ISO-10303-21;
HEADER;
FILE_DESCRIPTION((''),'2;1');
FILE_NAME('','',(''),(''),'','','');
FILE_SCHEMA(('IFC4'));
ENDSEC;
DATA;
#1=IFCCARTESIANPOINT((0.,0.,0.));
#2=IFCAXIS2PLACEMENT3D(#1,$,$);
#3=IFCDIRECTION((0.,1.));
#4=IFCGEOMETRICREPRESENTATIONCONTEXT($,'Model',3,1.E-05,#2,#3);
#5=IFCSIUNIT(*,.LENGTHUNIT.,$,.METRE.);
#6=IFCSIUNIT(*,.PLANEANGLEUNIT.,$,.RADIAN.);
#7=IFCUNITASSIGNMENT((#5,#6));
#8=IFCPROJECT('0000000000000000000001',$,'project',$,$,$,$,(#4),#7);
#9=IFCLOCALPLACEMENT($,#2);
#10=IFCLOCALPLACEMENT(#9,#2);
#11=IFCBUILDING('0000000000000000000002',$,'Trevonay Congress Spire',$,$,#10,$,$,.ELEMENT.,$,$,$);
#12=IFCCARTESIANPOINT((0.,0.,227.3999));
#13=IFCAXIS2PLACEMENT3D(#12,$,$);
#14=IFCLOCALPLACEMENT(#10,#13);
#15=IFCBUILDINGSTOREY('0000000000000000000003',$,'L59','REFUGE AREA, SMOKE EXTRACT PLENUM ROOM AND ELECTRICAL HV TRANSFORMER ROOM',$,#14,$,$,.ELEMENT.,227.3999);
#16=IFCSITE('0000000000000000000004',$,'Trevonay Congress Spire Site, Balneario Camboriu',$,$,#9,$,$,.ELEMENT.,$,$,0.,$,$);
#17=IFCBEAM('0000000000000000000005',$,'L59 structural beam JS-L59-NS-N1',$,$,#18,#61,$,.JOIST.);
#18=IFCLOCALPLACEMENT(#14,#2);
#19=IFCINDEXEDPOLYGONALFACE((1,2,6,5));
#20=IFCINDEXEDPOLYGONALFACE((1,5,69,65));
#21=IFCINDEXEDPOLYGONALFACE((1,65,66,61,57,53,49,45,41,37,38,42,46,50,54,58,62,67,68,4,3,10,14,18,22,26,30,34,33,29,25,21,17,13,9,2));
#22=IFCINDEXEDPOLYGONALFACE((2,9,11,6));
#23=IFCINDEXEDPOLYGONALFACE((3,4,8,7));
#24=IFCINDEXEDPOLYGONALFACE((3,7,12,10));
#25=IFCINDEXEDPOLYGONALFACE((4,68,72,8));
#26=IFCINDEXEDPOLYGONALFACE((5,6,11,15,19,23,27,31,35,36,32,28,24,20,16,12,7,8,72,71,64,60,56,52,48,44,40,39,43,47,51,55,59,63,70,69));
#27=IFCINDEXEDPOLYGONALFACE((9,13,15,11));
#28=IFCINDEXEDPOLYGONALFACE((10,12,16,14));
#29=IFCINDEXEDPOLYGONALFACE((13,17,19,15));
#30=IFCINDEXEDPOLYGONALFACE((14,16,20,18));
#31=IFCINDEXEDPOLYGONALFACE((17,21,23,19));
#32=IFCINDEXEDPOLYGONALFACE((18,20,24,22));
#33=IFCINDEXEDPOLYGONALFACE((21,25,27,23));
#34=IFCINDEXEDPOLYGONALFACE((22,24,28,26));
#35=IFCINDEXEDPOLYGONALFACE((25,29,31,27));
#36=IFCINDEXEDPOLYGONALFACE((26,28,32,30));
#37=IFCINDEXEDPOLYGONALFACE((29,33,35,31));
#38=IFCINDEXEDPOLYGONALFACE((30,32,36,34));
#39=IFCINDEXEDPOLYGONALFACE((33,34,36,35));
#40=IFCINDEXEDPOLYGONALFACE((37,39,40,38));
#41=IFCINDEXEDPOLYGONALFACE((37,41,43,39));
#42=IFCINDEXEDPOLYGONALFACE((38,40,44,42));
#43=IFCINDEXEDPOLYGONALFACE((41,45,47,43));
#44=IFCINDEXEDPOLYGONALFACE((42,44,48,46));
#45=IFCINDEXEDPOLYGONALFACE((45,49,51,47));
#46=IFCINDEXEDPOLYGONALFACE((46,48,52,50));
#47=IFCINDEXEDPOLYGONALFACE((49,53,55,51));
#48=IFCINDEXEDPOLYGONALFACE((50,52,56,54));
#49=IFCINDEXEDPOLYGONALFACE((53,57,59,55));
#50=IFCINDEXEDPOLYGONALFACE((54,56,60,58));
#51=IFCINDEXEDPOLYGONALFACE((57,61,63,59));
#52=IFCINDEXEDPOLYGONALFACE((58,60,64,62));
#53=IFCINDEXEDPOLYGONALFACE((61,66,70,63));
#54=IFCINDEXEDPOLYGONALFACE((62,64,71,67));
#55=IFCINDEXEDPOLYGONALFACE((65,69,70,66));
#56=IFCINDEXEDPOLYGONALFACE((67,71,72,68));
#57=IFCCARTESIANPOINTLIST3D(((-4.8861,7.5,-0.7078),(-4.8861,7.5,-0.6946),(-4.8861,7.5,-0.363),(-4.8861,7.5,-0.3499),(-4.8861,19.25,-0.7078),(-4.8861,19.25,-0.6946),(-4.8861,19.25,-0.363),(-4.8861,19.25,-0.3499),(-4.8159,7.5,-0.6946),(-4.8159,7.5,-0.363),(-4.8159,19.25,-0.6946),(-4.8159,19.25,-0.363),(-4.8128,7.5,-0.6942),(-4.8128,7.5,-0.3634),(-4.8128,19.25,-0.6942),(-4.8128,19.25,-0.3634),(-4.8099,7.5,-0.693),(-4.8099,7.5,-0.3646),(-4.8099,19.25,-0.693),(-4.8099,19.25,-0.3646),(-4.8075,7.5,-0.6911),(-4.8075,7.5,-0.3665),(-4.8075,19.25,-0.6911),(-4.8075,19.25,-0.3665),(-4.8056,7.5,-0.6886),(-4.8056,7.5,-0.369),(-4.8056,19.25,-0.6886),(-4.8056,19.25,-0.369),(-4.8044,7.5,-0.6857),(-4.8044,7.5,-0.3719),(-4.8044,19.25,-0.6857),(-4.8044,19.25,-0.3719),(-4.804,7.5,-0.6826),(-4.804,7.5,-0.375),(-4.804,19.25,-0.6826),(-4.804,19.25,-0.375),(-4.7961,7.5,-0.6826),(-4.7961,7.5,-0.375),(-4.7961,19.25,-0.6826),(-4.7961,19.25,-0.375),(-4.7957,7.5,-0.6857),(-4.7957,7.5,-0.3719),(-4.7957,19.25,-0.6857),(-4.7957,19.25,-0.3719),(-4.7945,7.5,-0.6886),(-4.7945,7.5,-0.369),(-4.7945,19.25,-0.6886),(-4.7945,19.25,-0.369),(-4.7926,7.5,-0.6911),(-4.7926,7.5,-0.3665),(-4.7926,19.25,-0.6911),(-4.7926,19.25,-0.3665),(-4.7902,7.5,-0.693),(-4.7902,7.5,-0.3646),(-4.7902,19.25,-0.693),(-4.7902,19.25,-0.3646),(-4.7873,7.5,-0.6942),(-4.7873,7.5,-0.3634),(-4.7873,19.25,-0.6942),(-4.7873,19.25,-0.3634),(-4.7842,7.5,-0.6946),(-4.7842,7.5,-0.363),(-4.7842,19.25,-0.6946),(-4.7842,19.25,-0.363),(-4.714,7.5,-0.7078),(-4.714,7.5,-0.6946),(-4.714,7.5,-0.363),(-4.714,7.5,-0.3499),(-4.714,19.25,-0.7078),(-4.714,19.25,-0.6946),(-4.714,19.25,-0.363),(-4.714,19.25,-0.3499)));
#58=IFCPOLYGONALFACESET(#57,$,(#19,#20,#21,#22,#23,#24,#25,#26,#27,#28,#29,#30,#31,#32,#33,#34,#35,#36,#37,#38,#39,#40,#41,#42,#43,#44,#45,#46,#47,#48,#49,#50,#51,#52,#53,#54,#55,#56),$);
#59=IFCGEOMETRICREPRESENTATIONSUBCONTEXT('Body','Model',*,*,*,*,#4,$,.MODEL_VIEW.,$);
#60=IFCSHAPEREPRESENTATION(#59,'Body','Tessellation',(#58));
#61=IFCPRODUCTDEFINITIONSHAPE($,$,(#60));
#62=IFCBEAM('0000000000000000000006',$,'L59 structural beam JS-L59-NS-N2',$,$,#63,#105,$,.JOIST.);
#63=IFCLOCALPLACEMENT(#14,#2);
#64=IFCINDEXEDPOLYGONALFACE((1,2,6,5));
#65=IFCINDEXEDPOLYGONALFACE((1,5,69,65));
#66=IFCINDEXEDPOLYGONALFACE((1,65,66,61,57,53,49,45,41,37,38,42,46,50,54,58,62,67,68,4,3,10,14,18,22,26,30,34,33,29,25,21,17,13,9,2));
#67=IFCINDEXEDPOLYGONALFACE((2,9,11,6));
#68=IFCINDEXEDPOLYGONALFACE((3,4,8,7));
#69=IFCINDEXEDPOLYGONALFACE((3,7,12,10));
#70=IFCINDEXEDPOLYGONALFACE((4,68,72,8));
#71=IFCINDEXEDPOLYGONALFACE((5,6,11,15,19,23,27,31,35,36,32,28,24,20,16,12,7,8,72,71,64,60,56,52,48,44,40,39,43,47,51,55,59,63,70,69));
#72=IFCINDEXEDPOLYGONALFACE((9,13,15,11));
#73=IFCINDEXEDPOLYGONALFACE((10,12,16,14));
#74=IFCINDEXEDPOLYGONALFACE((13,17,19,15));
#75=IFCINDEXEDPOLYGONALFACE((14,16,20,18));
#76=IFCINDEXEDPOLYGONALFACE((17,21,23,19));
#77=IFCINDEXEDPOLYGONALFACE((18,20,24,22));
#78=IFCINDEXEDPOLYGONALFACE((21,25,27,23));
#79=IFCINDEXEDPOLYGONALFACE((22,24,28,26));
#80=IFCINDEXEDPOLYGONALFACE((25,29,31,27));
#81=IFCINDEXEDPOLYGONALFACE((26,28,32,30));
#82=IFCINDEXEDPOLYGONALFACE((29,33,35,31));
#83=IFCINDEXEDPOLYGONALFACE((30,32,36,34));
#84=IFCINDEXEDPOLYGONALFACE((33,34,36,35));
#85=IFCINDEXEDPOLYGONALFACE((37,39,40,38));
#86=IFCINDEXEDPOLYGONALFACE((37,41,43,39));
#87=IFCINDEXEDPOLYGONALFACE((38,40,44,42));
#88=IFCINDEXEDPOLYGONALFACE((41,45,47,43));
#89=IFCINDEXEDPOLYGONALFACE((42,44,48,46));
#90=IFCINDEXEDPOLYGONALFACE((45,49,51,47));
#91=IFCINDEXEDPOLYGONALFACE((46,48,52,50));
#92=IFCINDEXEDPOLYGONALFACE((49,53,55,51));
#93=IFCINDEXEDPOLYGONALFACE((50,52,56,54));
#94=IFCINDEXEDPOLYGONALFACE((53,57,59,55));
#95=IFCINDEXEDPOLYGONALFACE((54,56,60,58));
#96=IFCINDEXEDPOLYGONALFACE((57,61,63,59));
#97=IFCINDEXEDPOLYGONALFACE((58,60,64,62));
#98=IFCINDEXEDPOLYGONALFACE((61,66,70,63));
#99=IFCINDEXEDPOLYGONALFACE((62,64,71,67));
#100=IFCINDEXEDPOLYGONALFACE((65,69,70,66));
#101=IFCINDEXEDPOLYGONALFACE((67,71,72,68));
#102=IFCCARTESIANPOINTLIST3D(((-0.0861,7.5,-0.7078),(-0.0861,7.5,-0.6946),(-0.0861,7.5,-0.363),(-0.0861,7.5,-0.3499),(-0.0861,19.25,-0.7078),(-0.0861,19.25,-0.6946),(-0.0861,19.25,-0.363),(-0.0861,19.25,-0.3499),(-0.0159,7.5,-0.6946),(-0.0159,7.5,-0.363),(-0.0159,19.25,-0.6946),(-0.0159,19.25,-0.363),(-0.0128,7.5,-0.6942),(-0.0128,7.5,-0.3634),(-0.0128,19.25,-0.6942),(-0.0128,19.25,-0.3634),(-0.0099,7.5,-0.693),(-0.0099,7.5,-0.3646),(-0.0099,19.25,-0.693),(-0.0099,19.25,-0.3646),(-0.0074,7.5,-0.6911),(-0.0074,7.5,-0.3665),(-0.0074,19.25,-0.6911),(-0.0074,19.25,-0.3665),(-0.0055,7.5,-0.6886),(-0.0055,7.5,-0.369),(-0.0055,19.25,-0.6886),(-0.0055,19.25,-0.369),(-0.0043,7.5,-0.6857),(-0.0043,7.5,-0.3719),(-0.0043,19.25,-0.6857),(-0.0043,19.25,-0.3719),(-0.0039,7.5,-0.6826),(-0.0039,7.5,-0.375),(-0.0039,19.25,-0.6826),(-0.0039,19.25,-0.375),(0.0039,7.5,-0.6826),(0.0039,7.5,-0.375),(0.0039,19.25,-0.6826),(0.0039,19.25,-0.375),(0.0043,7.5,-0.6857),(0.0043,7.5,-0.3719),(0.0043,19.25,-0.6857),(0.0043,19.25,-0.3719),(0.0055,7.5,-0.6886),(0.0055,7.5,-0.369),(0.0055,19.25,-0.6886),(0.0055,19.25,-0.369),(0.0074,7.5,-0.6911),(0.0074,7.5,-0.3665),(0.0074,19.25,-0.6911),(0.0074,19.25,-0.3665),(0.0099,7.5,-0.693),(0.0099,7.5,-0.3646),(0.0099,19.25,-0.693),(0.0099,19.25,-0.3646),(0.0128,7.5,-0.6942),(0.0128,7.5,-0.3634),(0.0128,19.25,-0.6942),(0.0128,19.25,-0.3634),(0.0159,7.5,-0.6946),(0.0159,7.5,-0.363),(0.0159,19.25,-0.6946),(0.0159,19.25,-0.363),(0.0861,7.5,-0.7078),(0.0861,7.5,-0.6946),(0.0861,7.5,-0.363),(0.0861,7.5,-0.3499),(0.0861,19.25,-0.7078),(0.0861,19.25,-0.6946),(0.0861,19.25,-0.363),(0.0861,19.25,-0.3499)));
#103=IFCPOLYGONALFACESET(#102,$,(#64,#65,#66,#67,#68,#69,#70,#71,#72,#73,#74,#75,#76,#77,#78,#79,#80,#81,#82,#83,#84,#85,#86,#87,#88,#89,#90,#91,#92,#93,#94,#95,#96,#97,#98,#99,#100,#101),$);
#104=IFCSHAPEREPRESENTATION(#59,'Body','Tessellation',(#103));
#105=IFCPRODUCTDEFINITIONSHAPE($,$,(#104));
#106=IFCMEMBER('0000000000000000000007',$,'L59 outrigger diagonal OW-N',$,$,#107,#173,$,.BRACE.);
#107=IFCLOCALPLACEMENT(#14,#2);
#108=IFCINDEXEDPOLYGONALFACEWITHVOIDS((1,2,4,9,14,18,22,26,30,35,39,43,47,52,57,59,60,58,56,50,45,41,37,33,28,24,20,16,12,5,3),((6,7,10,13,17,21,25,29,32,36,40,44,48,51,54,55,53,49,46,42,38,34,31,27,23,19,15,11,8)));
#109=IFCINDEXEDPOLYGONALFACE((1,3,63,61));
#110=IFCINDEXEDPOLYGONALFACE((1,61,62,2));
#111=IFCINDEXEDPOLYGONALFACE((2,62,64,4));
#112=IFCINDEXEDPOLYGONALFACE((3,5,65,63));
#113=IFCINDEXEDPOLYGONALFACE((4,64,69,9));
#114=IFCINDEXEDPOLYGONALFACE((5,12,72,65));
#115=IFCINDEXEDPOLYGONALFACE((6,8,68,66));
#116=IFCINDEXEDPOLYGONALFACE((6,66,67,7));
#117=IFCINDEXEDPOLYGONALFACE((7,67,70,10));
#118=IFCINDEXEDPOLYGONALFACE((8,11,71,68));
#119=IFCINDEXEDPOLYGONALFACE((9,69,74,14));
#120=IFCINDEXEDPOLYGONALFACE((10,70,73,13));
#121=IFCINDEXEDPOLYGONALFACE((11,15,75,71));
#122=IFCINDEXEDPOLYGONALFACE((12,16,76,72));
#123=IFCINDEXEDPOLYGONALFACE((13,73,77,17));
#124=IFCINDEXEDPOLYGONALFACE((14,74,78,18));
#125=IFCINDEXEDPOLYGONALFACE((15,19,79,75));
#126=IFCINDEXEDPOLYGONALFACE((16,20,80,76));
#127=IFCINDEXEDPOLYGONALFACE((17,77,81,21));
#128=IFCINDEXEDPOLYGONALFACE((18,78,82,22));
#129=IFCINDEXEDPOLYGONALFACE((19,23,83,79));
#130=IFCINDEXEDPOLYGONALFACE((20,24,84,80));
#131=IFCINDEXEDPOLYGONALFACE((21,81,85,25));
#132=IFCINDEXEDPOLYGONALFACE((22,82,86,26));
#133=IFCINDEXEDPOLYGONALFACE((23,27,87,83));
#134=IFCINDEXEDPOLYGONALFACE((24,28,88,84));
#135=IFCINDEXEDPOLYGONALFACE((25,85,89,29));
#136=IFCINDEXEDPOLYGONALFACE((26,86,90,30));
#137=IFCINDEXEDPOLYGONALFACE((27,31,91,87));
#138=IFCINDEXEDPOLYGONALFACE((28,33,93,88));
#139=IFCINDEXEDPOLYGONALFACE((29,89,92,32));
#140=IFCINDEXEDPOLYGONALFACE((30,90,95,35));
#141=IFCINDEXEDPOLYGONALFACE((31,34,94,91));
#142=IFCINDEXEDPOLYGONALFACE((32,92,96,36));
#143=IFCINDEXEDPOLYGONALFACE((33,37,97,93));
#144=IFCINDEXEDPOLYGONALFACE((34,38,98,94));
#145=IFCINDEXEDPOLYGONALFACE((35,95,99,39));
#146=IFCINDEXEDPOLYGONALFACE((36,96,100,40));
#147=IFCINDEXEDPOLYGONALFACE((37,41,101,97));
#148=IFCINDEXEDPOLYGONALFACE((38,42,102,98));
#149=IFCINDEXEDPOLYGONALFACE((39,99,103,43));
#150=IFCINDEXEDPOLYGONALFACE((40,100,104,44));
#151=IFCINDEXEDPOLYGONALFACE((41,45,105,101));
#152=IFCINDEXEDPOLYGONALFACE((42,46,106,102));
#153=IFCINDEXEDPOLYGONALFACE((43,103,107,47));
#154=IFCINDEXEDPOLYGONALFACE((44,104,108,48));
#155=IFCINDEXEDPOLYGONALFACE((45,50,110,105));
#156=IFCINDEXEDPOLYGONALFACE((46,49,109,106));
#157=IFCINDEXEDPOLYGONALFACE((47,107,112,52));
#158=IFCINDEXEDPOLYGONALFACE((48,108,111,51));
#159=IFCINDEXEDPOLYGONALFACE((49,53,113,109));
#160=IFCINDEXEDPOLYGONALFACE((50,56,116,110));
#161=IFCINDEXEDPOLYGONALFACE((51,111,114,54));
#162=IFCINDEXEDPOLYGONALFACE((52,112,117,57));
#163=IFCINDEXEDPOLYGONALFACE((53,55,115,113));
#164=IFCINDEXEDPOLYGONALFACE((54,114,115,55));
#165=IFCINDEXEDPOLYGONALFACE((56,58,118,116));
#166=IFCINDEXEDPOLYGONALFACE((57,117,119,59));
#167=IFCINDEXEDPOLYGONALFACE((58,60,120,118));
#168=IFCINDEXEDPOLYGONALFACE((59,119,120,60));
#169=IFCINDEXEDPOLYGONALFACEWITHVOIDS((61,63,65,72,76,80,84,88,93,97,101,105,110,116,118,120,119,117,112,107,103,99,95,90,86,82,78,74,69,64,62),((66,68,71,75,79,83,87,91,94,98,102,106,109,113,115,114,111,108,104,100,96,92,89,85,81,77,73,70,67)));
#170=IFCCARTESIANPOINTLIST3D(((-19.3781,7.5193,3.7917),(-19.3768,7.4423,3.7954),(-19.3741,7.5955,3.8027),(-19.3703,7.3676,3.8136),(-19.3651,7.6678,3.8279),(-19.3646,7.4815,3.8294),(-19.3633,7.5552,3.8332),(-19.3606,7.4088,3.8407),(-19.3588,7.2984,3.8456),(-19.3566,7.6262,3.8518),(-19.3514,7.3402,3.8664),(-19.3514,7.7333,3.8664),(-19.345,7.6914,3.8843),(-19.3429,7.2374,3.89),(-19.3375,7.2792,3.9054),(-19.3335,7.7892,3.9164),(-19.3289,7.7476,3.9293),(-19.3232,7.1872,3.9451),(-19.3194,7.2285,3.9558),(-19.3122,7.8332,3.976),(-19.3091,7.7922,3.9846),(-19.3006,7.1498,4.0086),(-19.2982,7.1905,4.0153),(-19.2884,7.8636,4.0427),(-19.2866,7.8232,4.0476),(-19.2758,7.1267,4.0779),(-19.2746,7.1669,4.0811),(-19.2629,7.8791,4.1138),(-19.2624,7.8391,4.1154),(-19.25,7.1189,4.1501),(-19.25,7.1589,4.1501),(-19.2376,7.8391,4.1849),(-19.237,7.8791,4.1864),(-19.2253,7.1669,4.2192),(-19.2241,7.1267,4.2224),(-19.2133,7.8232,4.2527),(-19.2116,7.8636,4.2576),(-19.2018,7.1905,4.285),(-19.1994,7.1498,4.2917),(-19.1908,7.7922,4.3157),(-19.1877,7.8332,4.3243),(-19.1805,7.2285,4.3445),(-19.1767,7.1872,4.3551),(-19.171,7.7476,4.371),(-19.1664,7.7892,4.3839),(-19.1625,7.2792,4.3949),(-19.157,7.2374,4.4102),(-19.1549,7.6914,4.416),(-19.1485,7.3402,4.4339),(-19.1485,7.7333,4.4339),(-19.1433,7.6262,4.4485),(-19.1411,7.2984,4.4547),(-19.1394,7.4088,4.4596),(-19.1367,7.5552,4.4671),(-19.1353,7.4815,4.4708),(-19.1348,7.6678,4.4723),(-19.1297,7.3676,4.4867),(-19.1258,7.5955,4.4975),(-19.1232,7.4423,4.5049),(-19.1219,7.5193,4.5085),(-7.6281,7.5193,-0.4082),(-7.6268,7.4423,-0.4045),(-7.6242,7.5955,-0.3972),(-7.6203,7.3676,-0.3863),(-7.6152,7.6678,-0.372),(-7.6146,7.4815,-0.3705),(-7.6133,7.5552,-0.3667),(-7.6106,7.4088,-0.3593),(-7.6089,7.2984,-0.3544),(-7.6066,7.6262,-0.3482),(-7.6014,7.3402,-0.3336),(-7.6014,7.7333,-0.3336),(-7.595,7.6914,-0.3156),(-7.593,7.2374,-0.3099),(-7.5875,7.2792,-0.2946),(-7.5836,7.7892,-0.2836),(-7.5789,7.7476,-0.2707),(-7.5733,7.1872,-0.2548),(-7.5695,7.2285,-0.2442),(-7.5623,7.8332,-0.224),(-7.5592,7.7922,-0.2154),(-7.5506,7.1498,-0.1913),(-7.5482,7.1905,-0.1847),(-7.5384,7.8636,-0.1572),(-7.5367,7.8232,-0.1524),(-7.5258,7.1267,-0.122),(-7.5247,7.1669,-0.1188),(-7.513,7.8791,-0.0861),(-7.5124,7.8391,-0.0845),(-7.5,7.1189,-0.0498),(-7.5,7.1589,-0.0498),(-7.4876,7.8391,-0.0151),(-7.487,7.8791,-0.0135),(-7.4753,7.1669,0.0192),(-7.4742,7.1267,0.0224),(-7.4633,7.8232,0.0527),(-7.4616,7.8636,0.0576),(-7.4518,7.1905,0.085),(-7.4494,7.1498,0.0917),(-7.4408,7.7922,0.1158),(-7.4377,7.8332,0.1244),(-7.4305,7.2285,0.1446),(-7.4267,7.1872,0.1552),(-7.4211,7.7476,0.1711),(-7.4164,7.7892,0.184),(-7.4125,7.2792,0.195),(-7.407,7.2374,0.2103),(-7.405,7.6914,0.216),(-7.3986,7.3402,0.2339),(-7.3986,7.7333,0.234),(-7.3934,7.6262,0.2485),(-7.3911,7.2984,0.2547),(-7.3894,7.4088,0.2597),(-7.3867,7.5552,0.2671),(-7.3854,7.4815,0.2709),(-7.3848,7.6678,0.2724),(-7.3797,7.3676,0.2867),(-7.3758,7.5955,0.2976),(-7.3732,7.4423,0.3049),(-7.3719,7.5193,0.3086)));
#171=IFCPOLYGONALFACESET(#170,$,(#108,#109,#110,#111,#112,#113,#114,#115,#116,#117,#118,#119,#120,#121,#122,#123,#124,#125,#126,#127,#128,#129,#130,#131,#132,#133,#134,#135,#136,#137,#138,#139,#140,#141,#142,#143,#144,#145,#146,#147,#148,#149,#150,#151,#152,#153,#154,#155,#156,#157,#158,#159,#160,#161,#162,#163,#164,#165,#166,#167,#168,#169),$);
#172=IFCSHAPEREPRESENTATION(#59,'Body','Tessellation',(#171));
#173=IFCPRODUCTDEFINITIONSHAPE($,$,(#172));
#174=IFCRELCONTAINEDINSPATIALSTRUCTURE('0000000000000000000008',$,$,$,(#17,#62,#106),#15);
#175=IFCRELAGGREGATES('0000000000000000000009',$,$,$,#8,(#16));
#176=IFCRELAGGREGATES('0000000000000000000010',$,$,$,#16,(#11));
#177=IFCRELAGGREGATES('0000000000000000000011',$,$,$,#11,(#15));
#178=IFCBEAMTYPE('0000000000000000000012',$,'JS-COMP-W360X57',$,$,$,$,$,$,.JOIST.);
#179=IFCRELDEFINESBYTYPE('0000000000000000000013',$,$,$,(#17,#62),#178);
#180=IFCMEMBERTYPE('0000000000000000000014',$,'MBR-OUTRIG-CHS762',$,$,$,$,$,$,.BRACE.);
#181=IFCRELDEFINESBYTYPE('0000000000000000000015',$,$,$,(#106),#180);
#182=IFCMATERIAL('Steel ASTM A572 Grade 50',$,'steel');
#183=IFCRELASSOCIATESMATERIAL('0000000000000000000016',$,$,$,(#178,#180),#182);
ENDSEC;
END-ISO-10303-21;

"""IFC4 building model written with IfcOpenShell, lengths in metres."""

from ifc_helpers import new_model, si_unit, direction, frame, origin, origin_2d, place, context, subcontext, project, spatial, hollow_circle, i_section, extrude, material, material_profile, profile_set, type_object, element, save


model = new_model("IFC4")

# Units and contexts
model_context = context("Model", 3, precision=1e-05, world=origin(), true_north=direction((0.0, 1.0)))
body_context = subcontext(model_context, "Body", "Model", "MODEL_VIEW")
ifc_project = project(units=[si_unit("LENGTHUNIT", "METRE"), si_unit("PLANEANGLEUNIT", "RADIAN")], contexts=[model_context])

# Site, building, storey
site_placement = place(None, origin())
site = spatial("IfcSite", under=ifc_project, at=site_placement, Name="Trevonay Congress Spire Site, Balneario Camboriu", CompositionType="ELEMENT", RefElevation=0.0)
building_placement = place(site_placement, origin())
building = spatial("IfcBuilding", under=site, at=building_placement, Name="Trevonay Congress Spire", CompositionType="ELEMENT")
storey_placement = place(building_placement, frame((0.0, 0.0, 227.3999)))
storey = spatial("IfcBuildingStorey", under=building, at=storey_placement, Name="L59", Description="REFUGE AREA, SMOKE EXTRACT PLENUM ROOM AND ELECTRICAL HV TRANSFORMER ROOM", CompositionType="ELEMENT", Elevation=227.3999)

# Shared definitions
ifc_material_1 = material(Name="Steel ASTM A572 Grade 50", Category="steel")

# Beams
ifc_material_profile_1 = material_profile(ifc_material_1, i_section(OverallWidth=0.1721, OverallDepth=0.3579, WebThickness=0.0078, FlangeThickness=0.0132, FilletRadius=0.012, at=origin_2d()), Name="W360x57.8")
ifc_profile_set_1 = profile_set([ifc_material_profile_1], Name="Steel ASTM A572 Grade 50")
beam_type_1 = type_object("IfcBeamType", Name="JS-COMP-W360X57", PredefinedType="JOIST", material=ifc_profile_set_1)
for number, where, z_axis, x_axis, name in (
    (1, (-4.8, 7.5, -0.5288), (0.0, 1.0, 0.0), (-1.0, 0.0, 0.0), "L59 structural beam JS-L59-NS-N1"),
    (2, (0.0, 7.5, -0.5288), (0.0, 1.0, 0.0), (-1.0, 0.0, 0.0), "L59 structural beam JS-L59-NS-N2"),
):
    element("IfcBeam", number, at=place(storey_placement, frame(where, z_axis=z_axis, x_axis=x_axis)), inside=storey, type_object=beam_type_1, Name=name, PredefinedType="JOIST", context=body_context, shape_type="SweptSolid", body=[
        extrude(i_section(OverallWidth=0.1721, OverallDepth=0.3579, WebThickness=0.0078, FlangeThickness=0.0132, FilletRadius=0.012, at=origin_2d()), origin(), (0.0, 0.0, 1.0), 11.75),
    ])

# Member
ifc_material_profile_2 = material_profile(ifc_material_1, hollow_circle(Radius=0.3811, WallThickness=0.04, at=origin_2d()), Name="CHS 762x40")
ifc_profile_set_2 = profile_set([ifc_material_profile_2], Name="Steel ASTM A572 Grade 50")
member_type_1 = type_object("IfcMemberType", Name="MBR-OUTRIG-CHS762", PredefinedType="BRACE", material=ifc_profile_set_2)
member_1_placement = place(storey_placement, frame((-7.5, 7.5, -0.0498), z_axis=(-0.941652, 0.0, 0.336587), x_axis=(0.0, -1.0, 0.0)))
element("IfcMember", 3, at=member_1_placement, inside=storey, type_object=member_type_1, Name="L59 outrigger diagonal OW-N", PredefinedType="BRACE", context=body_context, shape_type="SweptSolid", body=[
    extrude(hollow_circle(Radius=0.3811, WallThickness=0.04, at=origin_2d()), origin(), (0.0, 0.0, 1.0), 12.478),
])

save(model, "model.ifc")
